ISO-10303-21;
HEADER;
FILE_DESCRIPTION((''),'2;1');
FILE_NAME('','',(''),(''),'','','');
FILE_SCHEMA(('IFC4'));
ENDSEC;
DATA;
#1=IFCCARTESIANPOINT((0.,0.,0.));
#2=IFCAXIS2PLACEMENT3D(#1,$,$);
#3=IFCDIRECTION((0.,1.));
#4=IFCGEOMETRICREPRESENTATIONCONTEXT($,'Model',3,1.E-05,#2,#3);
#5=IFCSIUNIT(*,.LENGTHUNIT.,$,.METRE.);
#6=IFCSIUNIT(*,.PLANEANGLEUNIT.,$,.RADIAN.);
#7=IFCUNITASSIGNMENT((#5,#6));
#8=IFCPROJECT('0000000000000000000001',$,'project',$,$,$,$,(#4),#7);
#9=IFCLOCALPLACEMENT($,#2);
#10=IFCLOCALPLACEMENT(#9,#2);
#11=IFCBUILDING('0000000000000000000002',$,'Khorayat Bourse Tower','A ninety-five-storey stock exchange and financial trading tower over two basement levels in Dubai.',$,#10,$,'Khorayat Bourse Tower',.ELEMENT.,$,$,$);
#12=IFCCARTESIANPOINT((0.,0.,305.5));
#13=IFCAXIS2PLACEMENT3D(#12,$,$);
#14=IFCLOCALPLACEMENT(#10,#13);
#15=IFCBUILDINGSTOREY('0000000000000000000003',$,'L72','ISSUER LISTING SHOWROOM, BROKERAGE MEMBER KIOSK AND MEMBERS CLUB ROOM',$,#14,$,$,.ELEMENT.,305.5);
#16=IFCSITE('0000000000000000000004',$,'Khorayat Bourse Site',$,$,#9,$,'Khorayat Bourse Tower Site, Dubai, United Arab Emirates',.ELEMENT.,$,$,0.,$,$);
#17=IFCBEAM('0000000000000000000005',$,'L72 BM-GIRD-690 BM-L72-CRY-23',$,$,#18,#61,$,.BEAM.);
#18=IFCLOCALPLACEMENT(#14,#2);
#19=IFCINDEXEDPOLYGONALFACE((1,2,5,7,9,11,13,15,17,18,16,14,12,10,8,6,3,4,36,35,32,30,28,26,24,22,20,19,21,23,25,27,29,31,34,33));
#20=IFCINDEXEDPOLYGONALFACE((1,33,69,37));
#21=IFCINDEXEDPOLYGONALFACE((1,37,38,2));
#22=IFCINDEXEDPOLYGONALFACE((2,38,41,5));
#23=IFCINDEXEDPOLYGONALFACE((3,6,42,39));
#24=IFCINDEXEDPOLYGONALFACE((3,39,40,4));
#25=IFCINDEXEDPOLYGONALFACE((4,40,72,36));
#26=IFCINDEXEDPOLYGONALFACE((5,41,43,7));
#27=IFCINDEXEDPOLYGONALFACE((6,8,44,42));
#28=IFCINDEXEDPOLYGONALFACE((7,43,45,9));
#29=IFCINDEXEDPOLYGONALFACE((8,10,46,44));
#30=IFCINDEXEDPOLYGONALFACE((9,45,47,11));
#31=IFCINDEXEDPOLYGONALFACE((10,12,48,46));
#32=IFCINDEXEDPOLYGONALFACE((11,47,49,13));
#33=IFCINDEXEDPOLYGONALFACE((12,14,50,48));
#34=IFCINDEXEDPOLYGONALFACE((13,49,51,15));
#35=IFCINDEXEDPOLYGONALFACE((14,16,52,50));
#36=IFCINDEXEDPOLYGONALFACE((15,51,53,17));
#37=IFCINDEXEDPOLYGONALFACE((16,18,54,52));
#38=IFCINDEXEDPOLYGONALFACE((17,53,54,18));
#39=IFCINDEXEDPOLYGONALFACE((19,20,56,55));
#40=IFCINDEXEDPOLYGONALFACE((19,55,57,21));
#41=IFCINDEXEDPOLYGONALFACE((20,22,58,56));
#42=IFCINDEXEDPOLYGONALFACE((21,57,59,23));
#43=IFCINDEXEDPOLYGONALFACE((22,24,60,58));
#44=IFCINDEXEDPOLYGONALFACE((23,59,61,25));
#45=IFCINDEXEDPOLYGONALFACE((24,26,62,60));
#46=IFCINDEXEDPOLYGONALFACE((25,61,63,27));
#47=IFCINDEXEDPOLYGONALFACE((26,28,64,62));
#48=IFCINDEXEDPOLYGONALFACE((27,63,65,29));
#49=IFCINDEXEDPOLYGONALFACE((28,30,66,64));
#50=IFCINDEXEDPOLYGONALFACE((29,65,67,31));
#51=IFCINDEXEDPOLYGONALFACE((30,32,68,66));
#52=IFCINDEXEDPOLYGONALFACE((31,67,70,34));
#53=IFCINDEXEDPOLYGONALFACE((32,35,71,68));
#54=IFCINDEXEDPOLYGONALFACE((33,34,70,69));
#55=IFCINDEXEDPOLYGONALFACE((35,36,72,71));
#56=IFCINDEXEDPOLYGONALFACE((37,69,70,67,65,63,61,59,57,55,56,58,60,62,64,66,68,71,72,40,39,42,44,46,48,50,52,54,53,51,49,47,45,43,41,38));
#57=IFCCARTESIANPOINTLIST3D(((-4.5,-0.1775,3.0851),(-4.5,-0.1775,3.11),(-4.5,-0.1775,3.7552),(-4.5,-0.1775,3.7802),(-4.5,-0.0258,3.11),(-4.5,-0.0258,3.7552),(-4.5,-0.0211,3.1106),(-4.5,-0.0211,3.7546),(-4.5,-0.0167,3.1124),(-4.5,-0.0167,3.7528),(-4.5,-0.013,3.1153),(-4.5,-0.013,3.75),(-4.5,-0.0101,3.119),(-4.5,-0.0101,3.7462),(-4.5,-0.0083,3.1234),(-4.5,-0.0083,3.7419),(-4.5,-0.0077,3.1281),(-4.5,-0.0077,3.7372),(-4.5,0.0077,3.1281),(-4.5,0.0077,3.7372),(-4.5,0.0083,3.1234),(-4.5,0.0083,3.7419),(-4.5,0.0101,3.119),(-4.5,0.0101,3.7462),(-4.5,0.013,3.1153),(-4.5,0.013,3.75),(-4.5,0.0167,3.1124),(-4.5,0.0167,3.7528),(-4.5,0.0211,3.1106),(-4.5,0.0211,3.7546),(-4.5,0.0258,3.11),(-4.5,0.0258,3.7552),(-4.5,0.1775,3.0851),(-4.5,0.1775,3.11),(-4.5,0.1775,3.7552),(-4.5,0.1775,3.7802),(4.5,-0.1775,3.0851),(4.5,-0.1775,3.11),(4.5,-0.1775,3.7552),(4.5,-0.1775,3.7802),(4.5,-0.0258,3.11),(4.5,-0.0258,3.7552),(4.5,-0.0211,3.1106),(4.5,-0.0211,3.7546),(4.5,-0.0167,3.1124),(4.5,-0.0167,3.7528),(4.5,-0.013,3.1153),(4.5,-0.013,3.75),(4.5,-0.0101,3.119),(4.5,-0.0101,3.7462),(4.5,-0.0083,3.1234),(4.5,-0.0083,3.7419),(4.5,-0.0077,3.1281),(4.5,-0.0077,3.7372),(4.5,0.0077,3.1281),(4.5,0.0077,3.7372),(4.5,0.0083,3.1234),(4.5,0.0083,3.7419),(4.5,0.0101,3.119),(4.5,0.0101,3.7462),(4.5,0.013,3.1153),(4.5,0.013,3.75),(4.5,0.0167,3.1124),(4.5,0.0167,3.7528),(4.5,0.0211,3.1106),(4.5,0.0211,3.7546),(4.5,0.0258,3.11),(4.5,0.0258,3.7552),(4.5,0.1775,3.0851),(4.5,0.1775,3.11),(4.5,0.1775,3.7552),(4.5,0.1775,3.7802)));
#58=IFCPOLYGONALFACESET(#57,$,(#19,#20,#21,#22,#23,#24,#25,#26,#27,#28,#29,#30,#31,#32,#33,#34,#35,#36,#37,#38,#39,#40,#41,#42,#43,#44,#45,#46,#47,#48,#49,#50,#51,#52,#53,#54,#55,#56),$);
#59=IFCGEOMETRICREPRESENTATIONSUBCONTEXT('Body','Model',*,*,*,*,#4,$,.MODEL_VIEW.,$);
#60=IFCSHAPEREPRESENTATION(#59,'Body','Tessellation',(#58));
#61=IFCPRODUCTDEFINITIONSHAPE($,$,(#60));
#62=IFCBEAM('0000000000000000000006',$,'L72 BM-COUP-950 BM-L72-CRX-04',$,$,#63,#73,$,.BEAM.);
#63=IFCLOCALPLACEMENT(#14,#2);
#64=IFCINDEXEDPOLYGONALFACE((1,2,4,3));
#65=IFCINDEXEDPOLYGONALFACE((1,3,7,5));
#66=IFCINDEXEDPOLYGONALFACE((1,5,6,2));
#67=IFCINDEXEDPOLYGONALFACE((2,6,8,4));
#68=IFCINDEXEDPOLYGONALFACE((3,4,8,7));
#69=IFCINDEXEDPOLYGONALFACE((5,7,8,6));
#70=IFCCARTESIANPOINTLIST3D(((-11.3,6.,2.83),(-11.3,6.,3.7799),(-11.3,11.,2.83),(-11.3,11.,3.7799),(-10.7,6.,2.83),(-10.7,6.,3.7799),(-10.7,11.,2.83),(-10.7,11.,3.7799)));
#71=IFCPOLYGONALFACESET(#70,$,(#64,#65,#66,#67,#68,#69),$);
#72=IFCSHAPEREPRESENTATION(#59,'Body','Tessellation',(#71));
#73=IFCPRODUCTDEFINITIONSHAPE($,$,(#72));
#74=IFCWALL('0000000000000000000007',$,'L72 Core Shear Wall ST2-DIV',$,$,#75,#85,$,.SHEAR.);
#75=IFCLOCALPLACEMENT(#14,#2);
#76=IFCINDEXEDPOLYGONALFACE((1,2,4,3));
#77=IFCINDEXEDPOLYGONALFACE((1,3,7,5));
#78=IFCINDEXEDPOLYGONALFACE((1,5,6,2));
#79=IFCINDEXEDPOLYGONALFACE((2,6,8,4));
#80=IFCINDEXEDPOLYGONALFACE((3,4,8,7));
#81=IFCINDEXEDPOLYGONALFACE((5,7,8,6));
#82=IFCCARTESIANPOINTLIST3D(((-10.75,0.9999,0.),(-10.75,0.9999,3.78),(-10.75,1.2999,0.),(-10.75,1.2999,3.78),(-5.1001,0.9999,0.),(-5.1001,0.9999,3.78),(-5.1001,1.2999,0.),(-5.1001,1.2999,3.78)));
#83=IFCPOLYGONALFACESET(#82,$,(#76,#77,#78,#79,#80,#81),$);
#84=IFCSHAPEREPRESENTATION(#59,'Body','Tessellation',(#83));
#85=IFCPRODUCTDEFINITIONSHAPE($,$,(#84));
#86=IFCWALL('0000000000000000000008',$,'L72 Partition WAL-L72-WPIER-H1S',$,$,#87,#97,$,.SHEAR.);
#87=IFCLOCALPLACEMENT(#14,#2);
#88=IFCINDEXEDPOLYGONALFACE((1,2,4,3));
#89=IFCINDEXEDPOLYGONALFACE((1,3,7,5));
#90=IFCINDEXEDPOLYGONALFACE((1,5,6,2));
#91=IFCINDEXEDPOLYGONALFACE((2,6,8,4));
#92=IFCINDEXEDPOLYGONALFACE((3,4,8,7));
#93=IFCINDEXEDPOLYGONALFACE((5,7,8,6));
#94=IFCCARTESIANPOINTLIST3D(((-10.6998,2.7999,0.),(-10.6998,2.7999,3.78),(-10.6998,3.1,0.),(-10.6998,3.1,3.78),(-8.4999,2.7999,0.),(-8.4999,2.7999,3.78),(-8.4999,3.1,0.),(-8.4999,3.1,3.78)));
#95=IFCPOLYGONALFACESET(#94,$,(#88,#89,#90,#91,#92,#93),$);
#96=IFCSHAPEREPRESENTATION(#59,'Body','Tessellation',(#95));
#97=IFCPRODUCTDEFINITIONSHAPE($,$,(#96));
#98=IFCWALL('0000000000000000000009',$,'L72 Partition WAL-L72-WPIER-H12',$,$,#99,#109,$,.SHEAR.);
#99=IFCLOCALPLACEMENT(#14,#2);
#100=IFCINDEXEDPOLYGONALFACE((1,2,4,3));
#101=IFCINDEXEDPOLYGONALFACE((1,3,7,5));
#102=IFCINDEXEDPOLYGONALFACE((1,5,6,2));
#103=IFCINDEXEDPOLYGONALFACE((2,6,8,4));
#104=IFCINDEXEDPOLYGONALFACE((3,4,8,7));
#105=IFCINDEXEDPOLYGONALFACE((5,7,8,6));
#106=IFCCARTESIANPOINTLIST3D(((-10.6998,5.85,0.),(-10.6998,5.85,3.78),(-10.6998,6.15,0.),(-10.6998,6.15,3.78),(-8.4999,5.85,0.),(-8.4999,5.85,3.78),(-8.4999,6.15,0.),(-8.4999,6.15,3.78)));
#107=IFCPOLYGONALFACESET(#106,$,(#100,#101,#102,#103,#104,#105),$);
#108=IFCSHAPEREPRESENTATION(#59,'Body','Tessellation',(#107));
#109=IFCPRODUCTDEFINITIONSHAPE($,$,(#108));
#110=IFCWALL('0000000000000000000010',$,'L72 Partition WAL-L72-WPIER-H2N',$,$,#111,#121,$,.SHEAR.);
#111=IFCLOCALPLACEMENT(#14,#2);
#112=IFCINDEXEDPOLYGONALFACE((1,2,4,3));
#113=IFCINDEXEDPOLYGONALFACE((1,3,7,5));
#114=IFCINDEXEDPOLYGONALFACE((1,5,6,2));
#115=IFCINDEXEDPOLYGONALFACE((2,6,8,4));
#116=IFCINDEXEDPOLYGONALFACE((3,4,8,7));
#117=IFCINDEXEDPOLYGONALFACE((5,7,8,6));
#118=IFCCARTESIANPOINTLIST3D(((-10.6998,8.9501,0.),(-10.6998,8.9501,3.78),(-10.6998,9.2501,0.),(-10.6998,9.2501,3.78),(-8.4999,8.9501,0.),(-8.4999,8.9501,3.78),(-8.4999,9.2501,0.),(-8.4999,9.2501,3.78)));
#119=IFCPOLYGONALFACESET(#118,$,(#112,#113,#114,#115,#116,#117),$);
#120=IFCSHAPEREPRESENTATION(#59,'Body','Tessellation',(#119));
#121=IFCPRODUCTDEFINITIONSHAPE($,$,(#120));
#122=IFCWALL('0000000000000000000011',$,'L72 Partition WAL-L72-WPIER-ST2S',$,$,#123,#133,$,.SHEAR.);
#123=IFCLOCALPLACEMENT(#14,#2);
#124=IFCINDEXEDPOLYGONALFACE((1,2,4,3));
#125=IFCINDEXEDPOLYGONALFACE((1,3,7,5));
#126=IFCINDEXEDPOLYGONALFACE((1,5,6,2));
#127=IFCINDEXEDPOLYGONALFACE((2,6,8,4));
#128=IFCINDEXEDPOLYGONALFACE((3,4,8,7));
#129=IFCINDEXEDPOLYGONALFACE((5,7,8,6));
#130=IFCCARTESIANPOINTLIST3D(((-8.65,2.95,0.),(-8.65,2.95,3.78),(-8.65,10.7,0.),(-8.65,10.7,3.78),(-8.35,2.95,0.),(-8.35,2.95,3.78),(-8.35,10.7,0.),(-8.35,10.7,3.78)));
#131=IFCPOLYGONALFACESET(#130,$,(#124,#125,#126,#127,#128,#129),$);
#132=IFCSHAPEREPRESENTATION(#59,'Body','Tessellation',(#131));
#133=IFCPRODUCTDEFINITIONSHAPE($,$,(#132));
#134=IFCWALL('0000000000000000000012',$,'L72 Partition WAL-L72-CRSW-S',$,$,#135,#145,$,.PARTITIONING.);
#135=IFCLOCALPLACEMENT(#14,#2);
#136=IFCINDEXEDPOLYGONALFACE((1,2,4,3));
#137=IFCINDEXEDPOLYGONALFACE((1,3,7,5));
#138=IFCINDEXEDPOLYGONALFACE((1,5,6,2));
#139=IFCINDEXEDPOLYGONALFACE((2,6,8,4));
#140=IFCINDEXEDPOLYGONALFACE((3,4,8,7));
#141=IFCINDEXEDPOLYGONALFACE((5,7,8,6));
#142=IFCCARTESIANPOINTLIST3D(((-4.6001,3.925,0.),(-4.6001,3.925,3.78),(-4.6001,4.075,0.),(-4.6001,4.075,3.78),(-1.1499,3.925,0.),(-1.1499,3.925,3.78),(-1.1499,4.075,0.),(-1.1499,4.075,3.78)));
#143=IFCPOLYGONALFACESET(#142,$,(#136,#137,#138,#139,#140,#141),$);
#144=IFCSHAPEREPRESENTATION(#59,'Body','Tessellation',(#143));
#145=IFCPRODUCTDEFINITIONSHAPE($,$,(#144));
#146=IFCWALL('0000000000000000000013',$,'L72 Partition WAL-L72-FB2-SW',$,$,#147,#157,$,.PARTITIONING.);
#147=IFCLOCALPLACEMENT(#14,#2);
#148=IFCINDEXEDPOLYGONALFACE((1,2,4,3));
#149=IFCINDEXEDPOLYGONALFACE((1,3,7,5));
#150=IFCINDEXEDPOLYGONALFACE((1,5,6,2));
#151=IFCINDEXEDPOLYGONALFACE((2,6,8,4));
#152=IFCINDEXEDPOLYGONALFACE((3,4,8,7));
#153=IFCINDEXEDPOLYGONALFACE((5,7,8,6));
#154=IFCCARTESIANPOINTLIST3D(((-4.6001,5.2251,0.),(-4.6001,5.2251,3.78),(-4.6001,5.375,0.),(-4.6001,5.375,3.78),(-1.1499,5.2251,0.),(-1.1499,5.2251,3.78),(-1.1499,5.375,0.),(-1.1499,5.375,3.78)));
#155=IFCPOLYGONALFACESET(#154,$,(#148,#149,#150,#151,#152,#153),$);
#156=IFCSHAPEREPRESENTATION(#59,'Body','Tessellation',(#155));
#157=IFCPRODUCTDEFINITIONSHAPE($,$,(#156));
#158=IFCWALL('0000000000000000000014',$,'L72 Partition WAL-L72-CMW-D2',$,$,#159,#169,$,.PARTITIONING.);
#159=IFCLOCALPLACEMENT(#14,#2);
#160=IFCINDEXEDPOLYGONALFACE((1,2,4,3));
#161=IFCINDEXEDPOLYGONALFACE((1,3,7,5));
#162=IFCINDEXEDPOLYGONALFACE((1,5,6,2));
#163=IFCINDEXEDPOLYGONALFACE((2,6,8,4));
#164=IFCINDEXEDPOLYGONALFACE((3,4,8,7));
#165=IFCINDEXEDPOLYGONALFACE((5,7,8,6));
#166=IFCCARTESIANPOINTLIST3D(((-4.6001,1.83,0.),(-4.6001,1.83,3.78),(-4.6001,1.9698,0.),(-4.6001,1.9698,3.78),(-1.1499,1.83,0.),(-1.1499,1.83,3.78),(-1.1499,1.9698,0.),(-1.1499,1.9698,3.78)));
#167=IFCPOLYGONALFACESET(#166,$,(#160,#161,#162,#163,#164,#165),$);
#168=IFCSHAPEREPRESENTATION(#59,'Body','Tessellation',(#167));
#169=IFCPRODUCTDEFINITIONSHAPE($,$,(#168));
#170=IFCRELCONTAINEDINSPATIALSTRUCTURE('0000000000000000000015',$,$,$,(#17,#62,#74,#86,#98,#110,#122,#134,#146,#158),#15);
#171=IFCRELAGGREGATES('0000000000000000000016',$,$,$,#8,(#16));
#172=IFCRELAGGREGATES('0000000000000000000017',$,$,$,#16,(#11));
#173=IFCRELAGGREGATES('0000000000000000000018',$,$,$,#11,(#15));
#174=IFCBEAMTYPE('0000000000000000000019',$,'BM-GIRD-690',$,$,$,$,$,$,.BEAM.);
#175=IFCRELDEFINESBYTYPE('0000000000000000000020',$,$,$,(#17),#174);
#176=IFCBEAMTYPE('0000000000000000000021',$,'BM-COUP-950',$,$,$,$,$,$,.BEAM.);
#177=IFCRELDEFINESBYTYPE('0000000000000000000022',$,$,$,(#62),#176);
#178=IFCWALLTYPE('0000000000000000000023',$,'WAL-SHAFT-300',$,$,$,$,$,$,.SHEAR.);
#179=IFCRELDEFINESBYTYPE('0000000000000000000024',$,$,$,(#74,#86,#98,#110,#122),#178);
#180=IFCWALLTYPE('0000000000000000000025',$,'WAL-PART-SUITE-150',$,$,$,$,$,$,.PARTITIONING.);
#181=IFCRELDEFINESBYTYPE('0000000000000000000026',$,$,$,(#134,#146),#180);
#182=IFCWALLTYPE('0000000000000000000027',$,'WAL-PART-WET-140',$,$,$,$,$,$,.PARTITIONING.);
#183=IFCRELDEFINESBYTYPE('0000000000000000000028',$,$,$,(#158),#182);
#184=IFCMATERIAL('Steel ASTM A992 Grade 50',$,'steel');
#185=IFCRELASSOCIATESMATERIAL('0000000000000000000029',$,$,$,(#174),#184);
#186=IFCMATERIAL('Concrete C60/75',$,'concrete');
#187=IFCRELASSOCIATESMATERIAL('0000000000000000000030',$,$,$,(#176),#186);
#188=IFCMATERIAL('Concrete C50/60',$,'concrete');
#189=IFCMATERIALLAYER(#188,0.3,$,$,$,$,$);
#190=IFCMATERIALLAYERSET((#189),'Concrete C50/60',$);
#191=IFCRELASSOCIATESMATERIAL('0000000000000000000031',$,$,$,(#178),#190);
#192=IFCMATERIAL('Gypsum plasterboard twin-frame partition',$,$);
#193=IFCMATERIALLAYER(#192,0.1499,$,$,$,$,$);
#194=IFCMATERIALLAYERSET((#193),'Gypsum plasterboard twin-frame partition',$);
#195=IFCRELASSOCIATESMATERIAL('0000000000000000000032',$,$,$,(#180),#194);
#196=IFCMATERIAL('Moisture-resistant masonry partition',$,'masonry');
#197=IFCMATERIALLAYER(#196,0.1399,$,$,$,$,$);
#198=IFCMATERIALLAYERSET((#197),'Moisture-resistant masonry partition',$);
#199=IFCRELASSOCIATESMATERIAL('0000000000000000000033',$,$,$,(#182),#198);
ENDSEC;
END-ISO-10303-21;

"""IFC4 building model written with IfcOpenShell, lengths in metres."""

from ifc_helpers import new_model, si_unit, direction, frame, frame_2d, origin, origin_2d, place, context, subcontext, project, spatial, rectangle, i_section, extrude, source, transform, mapped, material, layer, layer_set, material_profile, profile_set, type_object, element, save


model = new_model("IFC4")

# Units and contexts
model_context = context("Model", 3, precision=1e-05, world=origin(), true_north=direction((0.0, 1.0)))
body_context = subcontext(model_context, "Body", "Model", "MODEL_VIEW")
ifc_project = project(units=[si_unit("LENGTHUNIT", "METRE"), si_unit("PLANEANGLEUNIT", "RADIAN")], contexts=[model_context])

# Site, building, storey
site_placement = place(None, origin())
site = spatial("IfcSite", under=ifc_project, at=site_placement, Name="Khorayat Bourse Site", LongName="Khorayat Bourse Tower Site, Dubai, United Arab Emirates", CompositionType="ELEMENT", RefElevation=0.0)
building_placement = place(site_placement, origin())
building = spatial("IfcBuilding", under=site, at=building_placement, Name="Khorayat Bourse Tower", Description="A ninety-five-storey stock exchange and financial trading tower over two basement levels in Dubai.", LongName="Khorayat Bourse Tower", CompositionType="ELEMENT")
storey_placement = place(building_placement, frame((0.0, 0.0, 305.5)))
storey = spatial("IfcBuildingStorey", under=building, at=storey_placement, Name="L72", Description="ISSUER LISTING SHOWROOM, BROKERAGE MEMBER KIOSK AND MEMBERS CLUB ROOM", CompositionType="ELEMENT", Elevation=305.5)

# Beams
ifc_material_1 = material(Name="Steel ASTM A992 Grade 50", Category="steel")
ifc_material_profile_1 = material_profile(ifc_material_1, i_section(OverallWidth=0.355, OverallDepth=0.6951, WebThickness=0.0154, FlangeThickness=0.0249, FilletRadius=0.0181, at=origin_2d()), Name="W690X217")
ifc_profile_set_1 = profile_set([ifc_material_profile_1], Name="Steel ASTM A992 Grade 50")
beam_type_1 = type_object("IfcBeamType", Name="BM-GIRD-690", PredefinedType="BEAM", material=ifc_profile_set_1)
shared_shape_1 = source(origin(), body_context, "Body", "SweptSolid", [
    extrude(i_section(OverallWidth=0.355, OverallDepth=0.6951, WebThickness=0.0154, FlangeThickness=0.0249, FilletRadius=0.0181, at=origin_2d()), origin(), (0.0, 0.0, 1.0), 9.0),
])
beam_1_placement = place(storey_placement, frame((-4.5, 0.0, 3.4326), z_axis=(1.0, 0.0, 0.0), x_axis=(0.0, 1.0, 0.0)))
element("IfcBeam", 1, at=beam_1_placement, inside=storey, type_object=beam_type_1, Name="L72 BM-GIRD-690 BM-L72-CRY-23", PredefinedType="BEAM", context=body_context, shape_type="MappedRepresentation", body=[
    mapped(shared_shape_1, transform((0.0, 0.0, 0.0), scale=1.0)),
])
ifc_material_2 = material(Name="Concrete C60/75", Category="concrete")
ifc_material_profile_2 = material_profile(ifc_material_2, rectangle(XDim=0.6001, YDim=0.95, at=origin_2d()), Name="RC 600x950")
ifc_profile_set_2 = profile_set([ifc_material_profile_2], Name="Concrete C60/75")
beam_type_2 = type_object("IfcBeamType", Name="BM-COUP-950", PredefinedType="BEAM", material=ifc_profile_set_2)
shared_shape_2 = source(origin(), body_context, "Body", "SweptSolid", [
    extrude(rectangle(XDim=0.6001, YDim=0.95, at=origin_2d()), origin(), (0.0, 0.0, 1.0), 5.0),
])
beam_2_placement = place(storey_placement, frame((-11.0, 6.0, 3.3049), z_axis=(0.0, 1.0, 0.0), x_axis=(-1.0, 0.0, 0.0)))
element("IfcBeam", 2, at=beam_2_placement, inside=storey, type_object=beam_type_2, Name="L72 BM-COUP-950 BM-L72-CRX-04", PredefinedType="BEAM", context=body_context, shape_type="MappedRepresentation", body=[
    mapped(shared_shape_2, transform((0.0, 0.0, 0.0), scale=1.0)),
])

# Walls
ifc_material_3 = material(Name="Concrete C50/60", Category="concrete")
ifc_layer_1 = layer(ifc_material_3, 0.3)
ifc_layer_set_1 = layer_set([ifc_layer_1], Name="Concrete C50/60")
wall_type_1 = type_object("IfcWallType", Name="WAL-SHAFT-300", PredefinedType="SHEAR", material=ifc_layer_set_1)
shared_shape_3 = source(origin(), body_context, "Body", "SweptSolid", [
    extrude(rectangle(XDim=5.6499, YDim=0.3, at=frame_2d((2.825, 0.0))), origin(), (0.0, 0.0, 1.0), 3.78),
])
wall_1_placement = place(storey_placement, frame((-10.75, 1.1499, 0.0), z_axis=(0.0, 0.0, 1.0), x_axis=(1.0, 0.0, 0.0)))
element("IfcWall", 3, at=wall_1_placement, inside=storey, type_object=wall_type_1, Name="L72 Core Shear Wall ST2-DIV", PredefinedType="SHEAR", context=body_context, shape_type="MappedRepresentation", body=[
    mapped(shared_shape_3, transform((0.0, 0.0, 0.0), scale=1.0)),
])
shared_shape_4 = source(origin(), body_context, "Body", "SweptSolid", [
    extrude(rectangle(XDim=2.2, YDim=0.3, at=frame_2d((1.1001, 0.0))), origin(), (0.0, 0.0, 1.0), 3.78),
])
for number, where, z_axis, x_axis, name in (
    (4, (-10.7, 2.95, 0.0), (0.0, 0.0, 1.0), (1.0, 0.0, 0.0), "L72 Partition WAL-L72-WPIER-H1S"),
    (5, (-10.7, 6.0, 0.0), (0.0, 0.0, 1.0), (1.0, 0.0, 0.0), "L72 Partition WAL-L72-WPIER-H12"),
    (6, (-10.7, 9.1001, 0.0), (0.0, 0.0, 1.0), (1.0, 0.0, 0.0), "L72 Partition WAL-L72-WPIER-H2N"),
):
    element("IfcWall", number, at=place(storey_placement, frame(where, z_axis=z_axis, x_axis=x_axis)), inside=storey, type_object=wall_type_1, Name=name, PredefinedType="SHEAR", context=body_context, shape_type="MappedRepresentation", body=[
        mapped(shared_shape_4, transform((0.0, 0.0, 0.0), scale=1.0)),
    ])
shared_shape_5 = source(origin(), body_context, "Body", "SweptSolid", [
    extrude(rectangle(XDim=7.75, YDim=0.3, at=frame_2d((3.875, 0.0))), origin(), (0.0, 0.0, 1.0), 3.78),
])
wall_2_placement = place(storey_placement, frame((-8.5, 2.95, 0.0), z_axis=(0.0, 0.0, 1.0), x_axis=(0.0, 1.0, 0.0)))
element("IfcWall", 7, at=wall_2_placement, inside=storey, type_object=wall_type_1, Name="L72 Partition WAL-L72-WPIER-ST2S", PredefinedType="SHEAR", context=body_context, shape_type="MappedRepresentation", body=[
    mapped(shared_shape_5, transform((0.0, 0.0, 0.0), scale=1.0)),
])
ifc_material_4 = material(Name="Gypsum plasterboard twin-frame partition")
ifc_layer_2 = layer(ifc_material_4, 0.1499)
ifc_layer_set_2 = layer_set([ifc_layer_2], Name="Gypsum plasterboard twin-frame partition")
wall_type_2 = type_object("IfcWallType", Name="WAL-PART-SUITE-150", PredefinedType="PARTITIONING", material=ifc_layer_set_2)
shared_shape_6 = source(origin(), body_context, "Body", "SweptSolid", [
    extrude(rectangle(XDim=3.4502, YDim=0.1499, at=frame_2d((1.7251, 0.0))), origin(), (0.0, 0.0, 1.0), 3.78),
])
for number, where, z_axis, x_axis, name in (
    (8, (-4.6001, 4.0, 0.0), (0.0, 0.0, 1.0), (1.0, 0.0, 0.0), "L72 Partition WAL-L72-CRSW-S"),
    (9, (-4.6001, 5.3, 0.0), (0.0, 0.0, 1.0), (1.0, 0.0, 0.0), "L72 Partition WAL-L72-FB2-SW"),
):
    element("IfcWall", number, at=place(storey_placement, frame(where, z_axis=z_axis, x_axis=x_axis)), inside=storey, type_object=wall_type_2, Name=name, PredefinedType="PARTITIONING", context=body_context, shape_type="MappedRepresentation", body=[
        mapped(shared_shape_6, transform((0.0, 0.0, 0.0), scale=1.0)),
    ])
ifc_material_5 = material(Name="Moisture-resistant masonry partition", Category="masonry")
ifc_layer_3 = layer(ifc_material_5, 0.1399)
ifc_layer_set_3 = layer_set([ifc_layer_3], Name="Moisture-resistant masonry partition")
wall_type_3 = type_object("IfcWallType", Name="WAL-PART-WET-140", PredefinedType="PARTITIONING", material=ifc_layer_set_3)
shared_shape_7 = source(origin(), body_context, "Body", "SweptSolid", [
    extrude(rectangle(XDim=3.4502, YDim=0.1399, at=frame_2d((1.7251, 0.0))), origin(), (0.0, 0.0, 1.0), 3.78),
])
wall_3_placement = place(storey_placement, frame((-4.6001, 1.8999, 0.0), z_axis=(0.0, 0.0, 1.0), x_axis=(1.0, 0.0, 0.0)))
element("IfcWall", 10, at=wall_3_placement, inside=storey, type_object=wall_type_3, Name="L72 Partition WAL-L72-CMW-D2", PredefinedType="PARTITIONING", context=body_context, shape_type="MappedRepresentation", body=[
    mapped(shared_shape_7, transform((0.0, 0.0, 0.0), scale=1.0)),
])

save(model, "model.ifc")
